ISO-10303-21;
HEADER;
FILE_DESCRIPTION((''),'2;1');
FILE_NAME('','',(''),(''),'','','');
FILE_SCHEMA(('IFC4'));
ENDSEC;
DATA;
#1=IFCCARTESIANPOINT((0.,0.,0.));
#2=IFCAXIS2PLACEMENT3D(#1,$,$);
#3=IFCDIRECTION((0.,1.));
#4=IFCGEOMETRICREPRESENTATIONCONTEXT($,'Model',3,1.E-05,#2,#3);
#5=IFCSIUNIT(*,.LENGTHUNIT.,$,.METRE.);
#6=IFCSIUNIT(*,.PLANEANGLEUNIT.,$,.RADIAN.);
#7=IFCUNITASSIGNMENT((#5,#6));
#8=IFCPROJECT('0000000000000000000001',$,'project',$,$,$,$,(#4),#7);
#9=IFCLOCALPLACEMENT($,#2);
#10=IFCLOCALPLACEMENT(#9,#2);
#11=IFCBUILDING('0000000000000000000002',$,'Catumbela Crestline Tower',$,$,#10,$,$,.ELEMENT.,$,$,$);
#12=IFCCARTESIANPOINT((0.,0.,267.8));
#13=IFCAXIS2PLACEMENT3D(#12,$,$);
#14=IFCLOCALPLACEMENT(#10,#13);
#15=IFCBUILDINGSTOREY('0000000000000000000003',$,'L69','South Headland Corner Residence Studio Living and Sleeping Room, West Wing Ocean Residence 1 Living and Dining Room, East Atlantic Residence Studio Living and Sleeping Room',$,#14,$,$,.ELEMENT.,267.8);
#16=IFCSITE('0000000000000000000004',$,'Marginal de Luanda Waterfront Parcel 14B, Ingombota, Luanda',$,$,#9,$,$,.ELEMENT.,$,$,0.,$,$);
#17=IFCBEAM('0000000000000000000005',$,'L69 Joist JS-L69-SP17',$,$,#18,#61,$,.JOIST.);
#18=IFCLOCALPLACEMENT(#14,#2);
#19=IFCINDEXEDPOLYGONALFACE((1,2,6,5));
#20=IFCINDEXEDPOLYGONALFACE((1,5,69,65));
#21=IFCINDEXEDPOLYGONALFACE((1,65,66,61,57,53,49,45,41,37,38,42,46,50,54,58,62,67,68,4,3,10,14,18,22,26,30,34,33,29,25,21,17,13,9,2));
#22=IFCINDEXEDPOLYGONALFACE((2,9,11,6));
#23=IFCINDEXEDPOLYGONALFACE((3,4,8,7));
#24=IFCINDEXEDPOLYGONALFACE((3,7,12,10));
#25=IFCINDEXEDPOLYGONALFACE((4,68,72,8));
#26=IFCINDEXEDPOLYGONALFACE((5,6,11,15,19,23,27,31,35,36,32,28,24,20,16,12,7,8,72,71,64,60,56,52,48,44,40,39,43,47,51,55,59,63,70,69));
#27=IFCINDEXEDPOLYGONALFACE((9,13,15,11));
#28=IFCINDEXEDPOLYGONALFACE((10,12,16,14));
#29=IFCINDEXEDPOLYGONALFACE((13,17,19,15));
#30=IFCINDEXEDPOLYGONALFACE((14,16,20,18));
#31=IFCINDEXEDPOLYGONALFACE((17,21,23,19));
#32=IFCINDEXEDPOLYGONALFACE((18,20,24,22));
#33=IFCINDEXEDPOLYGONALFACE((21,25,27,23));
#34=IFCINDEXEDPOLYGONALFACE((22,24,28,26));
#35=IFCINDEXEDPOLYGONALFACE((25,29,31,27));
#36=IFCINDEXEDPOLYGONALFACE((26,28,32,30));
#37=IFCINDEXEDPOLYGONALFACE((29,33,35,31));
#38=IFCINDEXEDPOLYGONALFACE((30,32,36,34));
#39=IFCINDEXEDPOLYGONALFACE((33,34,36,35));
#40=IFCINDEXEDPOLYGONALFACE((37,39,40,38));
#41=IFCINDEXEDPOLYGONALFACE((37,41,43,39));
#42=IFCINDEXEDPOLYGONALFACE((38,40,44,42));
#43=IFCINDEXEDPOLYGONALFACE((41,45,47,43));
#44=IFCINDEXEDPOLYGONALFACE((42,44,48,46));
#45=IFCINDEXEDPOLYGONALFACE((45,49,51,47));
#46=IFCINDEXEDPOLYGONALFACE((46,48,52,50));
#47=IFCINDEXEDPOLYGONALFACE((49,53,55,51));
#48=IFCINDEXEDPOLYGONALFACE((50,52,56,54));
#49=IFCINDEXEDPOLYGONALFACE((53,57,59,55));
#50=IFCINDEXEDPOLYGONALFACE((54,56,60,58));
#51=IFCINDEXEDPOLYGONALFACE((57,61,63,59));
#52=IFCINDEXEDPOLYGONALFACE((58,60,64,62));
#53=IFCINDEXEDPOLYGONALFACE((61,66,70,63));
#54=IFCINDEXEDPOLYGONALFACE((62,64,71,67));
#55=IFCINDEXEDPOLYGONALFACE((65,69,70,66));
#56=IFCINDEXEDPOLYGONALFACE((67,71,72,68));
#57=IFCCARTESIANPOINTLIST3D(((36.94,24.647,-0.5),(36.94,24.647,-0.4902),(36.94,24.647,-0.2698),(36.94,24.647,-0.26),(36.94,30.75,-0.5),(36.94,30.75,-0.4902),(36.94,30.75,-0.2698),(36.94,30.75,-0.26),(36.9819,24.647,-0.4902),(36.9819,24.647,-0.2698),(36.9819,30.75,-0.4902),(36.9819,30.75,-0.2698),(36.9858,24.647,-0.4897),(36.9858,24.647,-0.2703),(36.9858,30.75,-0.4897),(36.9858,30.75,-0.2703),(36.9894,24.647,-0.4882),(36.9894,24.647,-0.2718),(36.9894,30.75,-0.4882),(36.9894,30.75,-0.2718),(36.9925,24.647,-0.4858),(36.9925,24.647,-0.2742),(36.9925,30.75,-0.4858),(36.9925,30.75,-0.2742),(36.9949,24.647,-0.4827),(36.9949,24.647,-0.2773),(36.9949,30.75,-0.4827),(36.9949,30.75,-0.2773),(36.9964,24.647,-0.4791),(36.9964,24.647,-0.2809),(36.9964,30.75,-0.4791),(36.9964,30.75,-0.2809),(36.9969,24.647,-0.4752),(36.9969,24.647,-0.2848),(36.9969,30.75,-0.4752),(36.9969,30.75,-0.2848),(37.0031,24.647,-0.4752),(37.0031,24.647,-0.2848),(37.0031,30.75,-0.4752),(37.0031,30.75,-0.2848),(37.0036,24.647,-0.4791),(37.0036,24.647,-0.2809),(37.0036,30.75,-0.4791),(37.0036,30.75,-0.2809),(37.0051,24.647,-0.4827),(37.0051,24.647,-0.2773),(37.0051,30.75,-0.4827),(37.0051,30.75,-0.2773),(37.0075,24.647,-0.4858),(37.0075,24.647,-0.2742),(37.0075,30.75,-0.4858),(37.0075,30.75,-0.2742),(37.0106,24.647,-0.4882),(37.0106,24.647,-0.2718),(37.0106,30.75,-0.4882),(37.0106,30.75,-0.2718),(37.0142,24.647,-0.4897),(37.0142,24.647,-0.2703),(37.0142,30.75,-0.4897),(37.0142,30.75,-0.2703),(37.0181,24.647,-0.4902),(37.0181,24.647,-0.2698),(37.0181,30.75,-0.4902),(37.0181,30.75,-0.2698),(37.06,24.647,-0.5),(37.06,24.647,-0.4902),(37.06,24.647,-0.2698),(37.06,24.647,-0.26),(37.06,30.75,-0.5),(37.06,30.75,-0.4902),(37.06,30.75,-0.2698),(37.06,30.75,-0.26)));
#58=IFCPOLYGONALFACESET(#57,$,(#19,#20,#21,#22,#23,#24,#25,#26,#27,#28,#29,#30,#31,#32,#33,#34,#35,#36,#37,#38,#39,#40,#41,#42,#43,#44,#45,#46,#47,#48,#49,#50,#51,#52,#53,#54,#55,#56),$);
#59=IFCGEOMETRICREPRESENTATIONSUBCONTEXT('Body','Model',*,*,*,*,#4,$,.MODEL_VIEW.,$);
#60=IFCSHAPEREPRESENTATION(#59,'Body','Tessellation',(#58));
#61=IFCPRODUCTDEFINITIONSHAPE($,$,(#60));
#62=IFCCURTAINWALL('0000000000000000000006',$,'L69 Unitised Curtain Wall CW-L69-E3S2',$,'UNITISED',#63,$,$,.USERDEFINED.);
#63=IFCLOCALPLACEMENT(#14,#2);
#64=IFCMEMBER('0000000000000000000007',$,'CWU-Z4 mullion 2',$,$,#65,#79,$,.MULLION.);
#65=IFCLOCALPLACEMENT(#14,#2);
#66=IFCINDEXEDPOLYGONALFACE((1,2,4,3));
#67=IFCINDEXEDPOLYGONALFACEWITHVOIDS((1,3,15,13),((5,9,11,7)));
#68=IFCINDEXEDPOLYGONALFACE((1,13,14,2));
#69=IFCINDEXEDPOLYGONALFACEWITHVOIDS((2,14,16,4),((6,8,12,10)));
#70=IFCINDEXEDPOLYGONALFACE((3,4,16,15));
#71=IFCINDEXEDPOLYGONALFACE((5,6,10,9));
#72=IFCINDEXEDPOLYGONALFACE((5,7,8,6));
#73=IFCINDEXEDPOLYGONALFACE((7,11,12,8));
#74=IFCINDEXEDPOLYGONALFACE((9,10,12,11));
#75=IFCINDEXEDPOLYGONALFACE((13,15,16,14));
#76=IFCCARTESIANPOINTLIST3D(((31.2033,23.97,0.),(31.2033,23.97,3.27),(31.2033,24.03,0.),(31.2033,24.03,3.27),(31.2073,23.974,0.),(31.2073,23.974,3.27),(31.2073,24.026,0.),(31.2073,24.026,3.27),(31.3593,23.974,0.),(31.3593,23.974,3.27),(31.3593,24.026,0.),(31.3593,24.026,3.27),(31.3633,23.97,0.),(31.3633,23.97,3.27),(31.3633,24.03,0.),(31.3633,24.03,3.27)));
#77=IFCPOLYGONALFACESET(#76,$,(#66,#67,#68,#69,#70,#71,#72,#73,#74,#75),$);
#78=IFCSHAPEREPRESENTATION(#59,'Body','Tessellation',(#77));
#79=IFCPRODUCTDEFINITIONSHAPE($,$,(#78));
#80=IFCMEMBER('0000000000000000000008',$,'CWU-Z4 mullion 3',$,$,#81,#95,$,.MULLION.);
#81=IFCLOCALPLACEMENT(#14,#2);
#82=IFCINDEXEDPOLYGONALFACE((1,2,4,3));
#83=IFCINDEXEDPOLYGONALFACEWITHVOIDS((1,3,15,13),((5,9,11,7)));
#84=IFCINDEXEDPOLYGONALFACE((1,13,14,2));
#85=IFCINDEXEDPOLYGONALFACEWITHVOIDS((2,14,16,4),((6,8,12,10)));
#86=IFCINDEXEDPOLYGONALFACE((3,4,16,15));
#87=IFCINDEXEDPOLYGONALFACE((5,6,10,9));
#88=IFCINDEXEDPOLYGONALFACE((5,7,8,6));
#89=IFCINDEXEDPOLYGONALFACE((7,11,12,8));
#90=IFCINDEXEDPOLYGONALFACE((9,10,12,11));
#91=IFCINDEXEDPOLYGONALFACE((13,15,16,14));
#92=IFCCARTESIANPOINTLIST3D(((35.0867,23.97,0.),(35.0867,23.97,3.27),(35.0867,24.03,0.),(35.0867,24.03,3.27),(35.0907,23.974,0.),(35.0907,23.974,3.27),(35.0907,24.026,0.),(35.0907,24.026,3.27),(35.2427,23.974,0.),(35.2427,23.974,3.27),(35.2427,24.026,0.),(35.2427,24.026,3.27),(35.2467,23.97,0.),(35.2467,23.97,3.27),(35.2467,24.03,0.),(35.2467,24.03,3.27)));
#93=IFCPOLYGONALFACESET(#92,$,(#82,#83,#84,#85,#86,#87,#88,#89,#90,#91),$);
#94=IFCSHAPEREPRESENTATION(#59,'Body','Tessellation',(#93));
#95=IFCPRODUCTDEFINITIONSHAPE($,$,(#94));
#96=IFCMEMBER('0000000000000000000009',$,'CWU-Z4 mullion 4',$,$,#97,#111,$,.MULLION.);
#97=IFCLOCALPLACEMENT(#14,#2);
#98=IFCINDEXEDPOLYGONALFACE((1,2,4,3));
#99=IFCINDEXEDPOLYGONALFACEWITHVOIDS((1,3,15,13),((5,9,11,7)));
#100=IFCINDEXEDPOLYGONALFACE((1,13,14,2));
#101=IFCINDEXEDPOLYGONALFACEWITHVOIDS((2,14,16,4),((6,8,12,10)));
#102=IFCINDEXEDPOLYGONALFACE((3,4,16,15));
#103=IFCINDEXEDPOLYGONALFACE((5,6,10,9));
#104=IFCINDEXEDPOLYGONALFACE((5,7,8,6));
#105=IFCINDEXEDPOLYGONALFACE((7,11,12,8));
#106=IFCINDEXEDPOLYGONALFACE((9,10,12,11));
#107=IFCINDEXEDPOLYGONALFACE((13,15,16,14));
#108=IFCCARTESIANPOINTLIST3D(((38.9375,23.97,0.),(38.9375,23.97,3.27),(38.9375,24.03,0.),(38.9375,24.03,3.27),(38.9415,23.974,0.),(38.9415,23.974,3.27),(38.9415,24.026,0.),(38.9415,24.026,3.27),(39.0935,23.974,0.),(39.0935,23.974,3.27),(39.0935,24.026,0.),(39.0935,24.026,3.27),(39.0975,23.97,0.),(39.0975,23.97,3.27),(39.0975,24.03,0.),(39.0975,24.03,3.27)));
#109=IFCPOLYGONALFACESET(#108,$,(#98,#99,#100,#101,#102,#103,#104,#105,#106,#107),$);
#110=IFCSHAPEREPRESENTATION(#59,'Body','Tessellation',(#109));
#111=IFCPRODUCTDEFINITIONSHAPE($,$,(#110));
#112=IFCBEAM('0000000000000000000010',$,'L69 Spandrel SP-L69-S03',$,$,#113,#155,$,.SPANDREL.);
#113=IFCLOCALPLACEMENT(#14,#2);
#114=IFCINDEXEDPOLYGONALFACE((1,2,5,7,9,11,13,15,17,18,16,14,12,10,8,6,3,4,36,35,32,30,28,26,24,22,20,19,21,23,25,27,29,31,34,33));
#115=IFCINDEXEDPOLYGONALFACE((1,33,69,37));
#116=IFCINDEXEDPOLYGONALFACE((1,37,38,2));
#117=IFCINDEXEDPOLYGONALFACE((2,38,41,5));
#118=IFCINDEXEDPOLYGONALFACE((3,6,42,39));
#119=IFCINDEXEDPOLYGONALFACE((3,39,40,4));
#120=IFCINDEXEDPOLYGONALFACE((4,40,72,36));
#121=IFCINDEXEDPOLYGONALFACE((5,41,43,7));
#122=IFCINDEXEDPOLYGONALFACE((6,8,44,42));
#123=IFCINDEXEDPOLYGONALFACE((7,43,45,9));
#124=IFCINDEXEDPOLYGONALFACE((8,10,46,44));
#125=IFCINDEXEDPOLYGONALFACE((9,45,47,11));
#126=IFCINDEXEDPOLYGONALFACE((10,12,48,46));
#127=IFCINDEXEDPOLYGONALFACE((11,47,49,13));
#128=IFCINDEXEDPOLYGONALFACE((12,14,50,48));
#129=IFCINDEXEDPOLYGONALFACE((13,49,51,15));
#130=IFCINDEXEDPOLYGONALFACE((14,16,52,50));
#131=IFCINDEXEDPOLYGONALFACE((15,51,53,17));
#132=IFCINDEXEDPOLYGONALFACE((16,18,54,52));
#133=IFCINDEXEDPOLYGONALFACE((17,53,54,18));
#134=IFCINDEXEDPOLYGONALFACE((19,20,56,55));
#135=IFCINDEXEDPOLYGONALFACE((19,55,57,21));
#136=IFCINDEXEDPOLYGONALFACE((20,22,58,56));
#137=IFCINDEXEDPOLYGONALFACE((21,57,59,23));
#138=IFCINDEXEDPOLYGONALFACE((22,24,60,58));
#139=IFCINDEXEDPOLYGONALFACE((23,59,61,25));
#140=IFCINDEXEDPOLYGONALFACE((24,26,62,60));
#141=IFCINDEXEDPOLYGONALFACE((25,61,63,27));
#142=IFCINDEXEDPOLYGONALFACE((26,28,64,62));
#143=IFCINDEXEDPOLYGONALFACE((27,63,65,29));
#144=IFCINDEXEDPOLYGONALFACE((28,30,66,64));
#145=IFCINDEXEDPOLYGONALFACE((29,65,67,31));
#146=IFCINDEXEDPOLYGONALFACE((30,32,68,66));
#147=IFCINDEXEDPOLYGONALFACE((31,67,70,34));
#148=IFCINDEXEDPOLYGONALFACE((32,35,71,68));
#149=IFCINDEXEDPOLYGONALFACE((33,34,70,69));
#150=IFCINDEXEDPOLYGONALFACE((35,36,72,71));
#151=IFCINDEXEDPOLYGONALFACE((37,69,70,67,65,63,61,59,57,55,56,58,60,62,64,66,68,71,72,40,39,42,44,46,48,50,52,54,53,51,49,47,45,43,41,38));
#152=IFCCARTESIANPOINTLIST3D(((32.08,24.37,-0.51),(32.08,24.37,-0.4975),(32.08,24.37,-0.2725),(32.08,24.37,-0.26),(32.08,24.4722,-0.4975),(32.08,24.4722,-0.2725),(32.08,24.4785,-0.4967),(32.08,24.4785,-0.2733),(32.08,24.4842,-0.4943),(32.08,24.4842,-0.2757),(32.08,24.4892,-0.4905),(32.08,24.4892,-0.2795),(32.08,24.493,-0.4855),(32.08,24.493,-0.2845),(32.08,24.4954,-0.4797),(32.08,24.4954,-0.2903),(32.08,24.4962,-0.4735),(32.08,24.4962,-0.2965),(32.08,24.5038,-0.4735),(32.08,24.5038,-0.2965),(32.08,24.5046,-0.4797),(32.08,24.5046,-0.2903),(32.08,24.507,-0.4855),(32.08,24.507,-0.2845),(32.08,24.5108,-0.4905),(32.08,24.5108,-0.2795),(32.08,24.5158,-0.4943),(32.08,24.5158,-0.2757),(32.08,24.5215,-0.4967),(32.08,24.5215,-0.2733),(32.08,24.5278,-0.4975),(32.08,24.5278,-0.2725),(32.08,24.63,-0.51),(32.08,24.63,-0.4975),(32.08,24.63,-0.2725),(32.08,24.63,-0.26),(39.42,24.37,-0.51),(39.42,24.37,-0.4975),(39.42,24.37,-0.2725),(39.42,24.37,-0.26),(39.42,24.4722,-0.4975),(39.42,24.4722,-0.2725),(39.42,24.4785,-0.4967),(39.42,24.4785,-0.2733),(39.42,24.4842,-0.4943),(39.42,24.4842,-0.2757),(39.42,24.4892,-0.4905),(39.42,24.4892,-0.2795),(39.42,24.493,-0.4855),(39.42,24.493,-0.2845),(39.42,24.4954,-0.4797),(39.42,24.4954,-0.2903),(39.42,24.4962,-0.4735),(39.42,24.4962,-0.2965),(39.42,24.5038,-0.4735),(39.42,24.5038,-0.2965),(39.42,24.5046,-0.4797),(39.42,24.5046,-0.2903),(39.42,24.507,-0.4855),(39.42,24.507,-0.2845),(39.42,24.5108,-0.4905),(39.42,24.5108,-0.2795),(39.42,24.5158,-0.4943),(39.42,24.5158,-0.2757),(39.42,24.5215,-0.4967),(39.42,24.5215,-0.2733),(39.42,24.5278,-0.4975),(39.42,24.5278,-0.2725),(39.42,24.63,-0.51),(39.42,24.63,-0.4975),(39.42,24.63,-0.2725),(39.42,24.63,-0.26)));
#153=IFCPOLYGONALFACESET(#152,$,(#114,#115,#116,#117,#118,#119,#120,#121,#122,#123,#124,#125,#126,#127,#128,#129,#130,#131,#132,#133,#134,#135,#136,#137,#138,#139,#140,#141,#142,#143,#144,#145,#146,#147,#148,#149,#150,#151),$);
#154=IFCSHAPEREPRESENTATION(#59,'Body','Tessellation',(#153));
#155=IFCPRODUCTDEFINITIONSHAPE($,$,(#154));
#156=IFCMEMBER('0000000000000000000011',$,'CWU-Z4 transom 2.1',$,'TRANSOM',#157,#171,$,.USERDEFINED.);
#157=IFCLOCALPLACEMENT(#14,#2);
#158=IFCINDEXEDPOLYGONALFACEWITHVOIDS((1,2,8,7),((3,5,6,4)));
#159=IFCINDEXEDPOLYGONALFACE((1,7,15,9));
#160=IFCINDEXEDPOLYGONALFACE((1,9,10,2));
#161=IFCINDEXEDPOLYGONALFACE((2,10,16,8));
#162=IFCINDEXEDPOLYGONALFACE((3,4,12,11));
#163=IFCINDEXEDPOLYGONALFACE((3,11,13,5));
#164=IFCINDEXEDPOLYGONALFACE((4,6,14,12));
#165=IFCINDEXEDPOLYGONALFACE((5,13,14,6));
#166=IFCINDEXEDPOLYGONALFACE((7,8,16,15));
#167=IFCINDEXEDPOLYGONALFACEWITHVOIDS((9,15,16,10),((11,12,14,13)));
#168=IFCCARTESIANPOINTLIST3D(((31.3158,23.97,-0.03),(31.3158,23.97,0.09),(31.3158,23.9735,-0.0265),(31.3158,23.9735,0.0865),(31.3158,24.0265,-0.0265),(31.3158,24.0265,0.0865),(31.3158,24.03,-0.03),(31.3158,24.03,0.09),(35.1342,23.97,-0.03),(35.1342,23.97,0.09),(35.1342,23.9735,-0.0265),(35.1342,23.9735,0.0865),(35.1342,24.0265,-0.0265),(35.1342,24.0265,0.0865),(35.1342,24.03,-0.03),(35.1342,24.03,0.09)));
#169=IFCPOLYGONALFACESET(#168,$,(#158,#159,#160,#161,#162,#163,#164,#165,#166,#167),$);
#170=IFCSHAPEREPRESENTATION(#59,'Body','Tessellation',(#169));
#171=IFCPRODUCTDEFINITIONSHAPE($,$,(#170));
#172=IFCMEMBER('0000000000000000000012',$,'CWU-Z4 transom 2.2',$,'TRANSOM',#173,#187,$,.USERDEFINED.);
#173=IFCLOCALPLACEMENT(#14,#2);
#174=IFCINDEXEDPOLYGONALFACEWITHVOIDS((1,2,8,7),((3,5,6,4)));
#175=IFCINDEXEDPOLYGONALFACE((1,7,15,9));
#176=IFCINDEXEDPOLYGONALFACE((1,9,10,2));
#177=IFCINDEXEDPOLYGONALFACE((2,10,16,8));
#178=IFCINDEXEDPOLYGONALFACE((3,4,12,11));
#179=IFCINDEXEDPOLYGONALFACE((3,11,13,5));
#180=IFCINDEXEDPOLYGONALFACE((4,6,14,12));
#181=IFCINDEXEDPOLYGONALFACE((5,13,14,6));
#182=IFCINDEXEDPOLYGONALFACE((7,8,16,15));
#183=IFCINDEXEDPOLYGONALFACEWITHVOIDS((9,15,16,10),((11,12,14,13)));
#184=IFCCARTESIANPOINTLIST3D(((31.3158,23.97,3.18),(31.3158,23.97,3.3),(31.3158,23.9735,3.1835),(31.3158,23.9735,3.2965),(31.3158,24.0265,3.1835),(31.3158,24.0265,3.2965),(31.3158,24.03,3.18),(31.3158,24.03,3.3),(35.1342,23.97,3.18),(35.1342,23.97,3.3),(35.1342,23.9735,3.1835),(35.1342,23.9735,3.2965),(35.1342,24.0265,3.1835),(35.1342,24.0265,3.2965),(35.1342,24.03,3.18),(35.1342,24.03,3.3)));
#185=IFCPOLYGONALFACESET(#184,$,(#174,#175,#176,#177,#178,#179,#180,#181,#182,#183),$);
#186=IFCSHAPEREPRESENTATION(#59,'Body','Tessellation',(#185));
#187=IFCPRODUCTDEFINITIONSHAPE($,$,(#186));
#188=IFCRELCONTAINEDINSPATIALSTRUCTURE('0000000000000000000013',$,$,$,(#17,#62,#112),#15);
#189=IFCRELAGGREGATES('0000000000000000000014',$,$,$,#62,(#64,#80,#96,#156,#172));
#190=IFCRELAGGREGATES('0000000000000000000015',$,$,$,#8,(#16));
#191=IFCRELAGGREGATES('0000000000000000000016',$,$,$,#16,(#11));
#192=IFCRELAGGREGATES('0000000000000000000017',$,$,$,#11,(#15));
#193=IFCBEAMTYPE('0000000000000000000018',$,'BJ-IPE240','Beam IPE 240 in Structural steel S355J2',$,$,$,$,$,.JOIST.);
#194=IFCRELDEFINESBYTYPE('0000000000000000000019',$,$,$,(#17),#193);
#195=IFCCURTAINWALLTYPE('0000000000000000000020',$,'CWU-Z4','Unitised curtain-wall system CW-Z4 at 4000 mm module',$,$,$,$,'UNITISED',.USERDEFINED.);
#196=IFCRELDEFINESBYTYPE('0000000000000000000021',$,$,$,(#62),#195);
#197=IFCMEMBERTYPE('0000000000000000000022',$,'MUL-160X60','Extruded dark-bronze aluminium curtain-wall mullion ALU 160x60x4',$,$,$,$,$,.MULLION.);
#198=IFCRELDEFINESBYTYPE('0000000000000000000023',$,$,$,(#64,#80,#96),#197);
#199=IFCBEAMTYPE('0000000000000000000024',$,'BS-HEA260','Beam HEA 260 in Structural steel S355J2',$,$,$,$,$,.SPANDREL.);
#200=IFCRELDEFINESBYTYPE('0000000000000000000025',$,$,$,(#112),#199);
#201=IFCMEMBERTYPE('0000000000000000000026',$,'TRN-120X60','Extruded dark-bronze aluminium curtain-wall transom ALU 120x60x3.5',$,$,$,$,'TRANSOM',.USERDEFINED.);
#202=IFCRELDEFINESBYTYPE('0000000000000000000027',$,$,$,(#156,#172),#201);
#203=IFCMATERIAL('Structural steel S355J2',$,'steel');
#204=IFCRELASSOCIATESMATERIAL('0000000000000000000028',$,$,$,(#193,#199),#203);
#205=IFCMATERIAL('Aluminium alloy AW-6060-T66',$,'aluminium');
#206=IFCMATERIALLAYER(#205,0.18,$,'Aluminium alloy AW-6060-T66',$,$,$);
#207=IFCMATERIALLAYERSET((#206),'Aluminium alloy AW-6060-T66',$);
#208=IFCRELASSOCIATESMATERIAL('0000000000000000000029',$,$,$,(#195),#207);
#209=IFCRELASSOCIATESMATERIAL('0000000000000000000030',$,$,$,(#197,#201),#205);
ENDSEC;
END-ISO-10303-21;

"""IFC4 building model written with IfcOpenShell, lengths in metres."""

from ifc_helpers import new_model, si_unit, direction, frame, origin, origin_2d, place, context, subcontext, project, spatial, hollow_rectangle, i_section, extrude, material, layer, layer_set, material_profile, profile_set, type_object, element, aggregate, save


model = new_model("IFC4")

# Units and contexts
model_context = context("Model", 3, precision=1e-05, world=origin(), true_north=direction((0.0, 1.0)))
body_context = subcontext(model_context, "Body", "Model", "MODEL_VIEW")
ifc_project = project(units=[si_unit("LENGTHUNIT", "METRE"), si_unit("PLANEANGLEUNIT", "RADIAN")], contexts=[model_context])

# Site, building, storey
site_placement = place(None, origin())
site = spatial("IfcSite", under=ifc_project, at=site_placement, Name="Marginal de Luanda Waterfront Parcel 14B, Ingombota, Luanda", CompositionType="ELEMENT", RefElevation=0.0)
building_placement = place(site_placement, origin())
building = spatial("IfcBuilding", under=site, at=building_placement, Name="Catumbela Crestline Tower", CompositionType="ELEMENT")
storey_placement = place(building_placement, frame((0.0, 0.0, 267.8)))
storey = spatial("IfcBuildingStorey", under=building, at=storey_placement, Name="L69", Description="South Headland Corner Residence Studio Living and Sleeping Room, West Wing Ocean Residence 1 Living and Dining Room, East Atlantic Residence Studio Living and Sleeping Room", CompositionType="ELEMENT", Elevation=267.8)

# Beam
ifc_material_1 = material(Name="Structural steel S355J2", Category="steel")
ifc_material_profile_1 = material_profile(ifc_material_1, i_section(OverallWidth=0.12, OverallDepth=0.24, WebThickness=0.0062, FlangeThickness=0.0098, FilletRadius=0.015, at=origin_2d()), Name="IPE 240")
ifc_profile_set_1 = profile_set([ifc_material_profile_1], Name="Structural steel S355J2")
beam_type_1 = type_object("IfcBeamType", Name="BJ-IPE240", Description="Beam IPE 240 in Structural steel S355J2", PredefinedType="JOIST", material=ifc_profile_set_1)
for number, where, z_axis, x_axis, name in (
    (1, (37.0, 24.647, -0.38), (0.0, 1.0, 0.0), (-1.0, 0.0, 0.0), "L69 Joist JS-L69-SP17"),
):
    element("IfcBeam", number, at=place(storey_placement, frame(where, z_axis=z_axis, x_axis=x_axis)), inside=storey, type_object=beam_type_1, Name=name, PredefinedType="JOIST", context=body_context, shape_type="SweptSolid", body=[
        extrude(i_section(OverallWidth=0.12, OverallDepth=0.24, WebThickness=0.0062, FlangeThickness=0.0098, FilletRadius=0.015, at=origin_2d()), origin(), (0.0, 0.0, 1.0), 6.103),
    ])

# Curtain wall, members
ifc_material_2 = material(Name="Aluminium alloy AW-6060-T66", Category="aluminium")
ifc_layer_1 = layer(ifc_material_2, 0.18, Name="Aluminium alloy AW-6060-T66")
ifc_layer_set_1 = layer_set([ifc_layer_1], Name="Aluminium alloy AW-6060-T66")
curtain_wall_type = type_object("IfcCurtainWallType", Name="CWU-Z4", Description="Unitised curtain-wall system CW-Z4 at 4000 mm module", ElementType="UNITISED", PredefinedType="USERDEFINED", material=ifc_layer_set_1)
curtain_wall_placement = place(storey_placement, origin())
curtain_wall = element("IfcCurtainWall", 2, at=curtain_wall_placement, inside=storey, type_object=curtain_wall_type, Name="L69 Unitised Curtain Wall CW-L69-E3S2", ObjectType="UNITISED", PredefinedType="USERDEFINED")
ifc_material_profile_2 = material_profile(ifc_material_2, hollow_rectangle(XDim=0.06, YDim=0.16, WallThickness=0.004, at=origin_2d()), Name="ALU 160x60x4")
ifc_profile_set_2 = profile_set([ifc_material_profile_2], Name="Aluminium alloy AW-6060-T66")
member_type_1 = type_object("IfcMemberType", Name="MUL-160X60", Description="Extruded dark-bronze aluminium curtain-wall mullion ALU 160x60x4", PredefinedType="MULLION", material=ifc_profile_set_2)
member_1_placement = place(storey_placement, frame((31.2833, 24.0, 0.0), z_axis=(0.0, 0.0, 1.0), x_axis=(0.0, 1.0, 0.0)))
member_1 = element("IfcMember", 3, at=member_1_placement, type_object=member_type_1, Name="CWU-Z4 mullion 2", PredefinedType="MULLION", context=body_context, shape_type="SweptSolid", body=[
    extrude(hollow_rectangle(XDim=0.06, YDim=0.16, WallThickness=0.004, at=origin_2d()), origin(), (0.0, 0.0, 1.0), 3.27),
])
member_2_placement = place(storey_placement, frame((35.1667, 24.0, 0.0), z_axis=(0.0, 0.0, 1.0), x_axis=(0.0, 1.0, 0.0)))
member_2 = element("IfcMember", 4, at=member_2_placement, type_object=member_type_1, Name="CWU-Z4 mullion 3", PredefinedType="MULLION", context=body_context, shape_type="SweptSolid", body=[
    extrude(hollow_rectangle(XDim=0.06, YDim=0.16, WallThickness=0.004, at=origin_2d()), origin(), (0.0, 0.0, 1.0), 3.27),
])
member_3_placement = place(storey_placement, frame((39.0175, 24.0, 0.0), z_axis=(0.0, 0.0, 1.0), x_axis=(0.0, 1.0, 0.0)))
member_3 = element("IfcMember", 5, at=member_3_placement, type_object=member_type_1, Name="CWU-Z4 mullion 4", PredefinedType="MULLION", context=body_context, shape_type="SweptSolid", body=[
    extrude(hollow_rectangle(XDim=0.06, YDim=0.16, WallThickness=0.004, at=origin_2d()), origin(), (0.0, 0.0, 1.0), 3.27),
])

# Beam
ifc_material_profile_3 = material_profile(ifc_material_1, i_section(OverallWidth=0.26, OverallDepth=0.25, WebThickness=0.0075, FlangeThickness=0.0125, FilletRadius=0.024, at=origin_2d()), Name="HEA 260")
ifc_profile_set_3 = profile_set([ifc_material_profile_3], Name="Structural steel S355J2")
beam_type_2 = type_object("IfcBeamType", Name="BS-HEA260", Description="Beam HEA 260 in Structural steel S355J2", PredefinedType="SPANDREL", material=ifc_profile_set_3)
beam_placement = place(storey_placement, frame((32.08, 24.5, -0.385), z_axis=(1.0, 0.0, 0.0), x_axis=(0.0, 1.0, 0.0)))
element("IfcBeam", 6, at=beam_placement, inside=storey, type_object=beam_type_2, Name="L69 Spandrel SP-L69-S03", PredefinedType="SPANDREL", context=body_context, shape_type="SweptSolid", body=[
    extrude(i_section(OverallWidth=0.26, OverallDepth=0.25, WebThickness=0.0075, FlangeThickness=0.0125, FilletRadius=0.024, at=origin_2d()), origin(), (0.0, 0.0, 1.0), 7.34),
])

# Members
ifc_material_profile_4 = material_profile(ifc_material_2, hollow_rectangle(XDim=0.06, YDim=0.12, WallThickness=0.0035, at=origin_2d()), Name="ALU 120x60x3.5")
ifc_profile_set_4 = profile_set([ifc_material_profile_4], Name="Aluminium alloy AW-6060-T66")
member_type_2 = type_object("IfcMemberType", Name="TRN-120X60", Description="Extruded dark-bronze aluminium curtain-wall transom ALU 120x60x3.5", ElementType="TRANSOM", PredefinedType="USERDEFINED", material=ifc_profile_set_4)
member_4_placement = place(storey_placement, frame((31.3158, 24.0, 0.03), z_axis=(1.0, 0.0, 0.0), x_axis=(0.0, 1.0, 0.0)))
member_4 = element("IfcMember", 7, at=member_4_placement, type_object=member_type_2, Name="CWU-Z4 transom 2.1", ObjectType="TRANSOM", PredefinedType="USERDEFINED", context=body_context, shape_type="SweptSolid", body=[
    extrude(hollow_rectangle(XDim=0.06, YDim=0.12, WallThickness=0.0035, at=origin_2d()), origin(), (0.0, 0.0, 1.0), 3.8184),
])
member_5_placement = place(storey_placement, frame((31.3158, 24.0, 3.24), z_axis=(1.0, 0.0, 0.0), x_axis=(0.0, 1.0, 0.0)))
member_5 = element("IfcMember", 8, at=member_5_placement, type_object=member_type_2, Name="CWU-Z4 transom 2.2", ObjectType="TRANSOM", PredefinedType="USERDEFINED", context=body_context, shape_type="SweptSolid", body=[
    extrude(hollow_rectangle(XDim=0.06, YDim=0.12, WallThickness=0.0035, at=origin_2d()), origin(), (0.0, 0.0, 1.0), 3.8184),
])

aggregate(curtain_wall, [member_1, member_2, member_3, member_4, member_5])

save(model, "model.ifc")
